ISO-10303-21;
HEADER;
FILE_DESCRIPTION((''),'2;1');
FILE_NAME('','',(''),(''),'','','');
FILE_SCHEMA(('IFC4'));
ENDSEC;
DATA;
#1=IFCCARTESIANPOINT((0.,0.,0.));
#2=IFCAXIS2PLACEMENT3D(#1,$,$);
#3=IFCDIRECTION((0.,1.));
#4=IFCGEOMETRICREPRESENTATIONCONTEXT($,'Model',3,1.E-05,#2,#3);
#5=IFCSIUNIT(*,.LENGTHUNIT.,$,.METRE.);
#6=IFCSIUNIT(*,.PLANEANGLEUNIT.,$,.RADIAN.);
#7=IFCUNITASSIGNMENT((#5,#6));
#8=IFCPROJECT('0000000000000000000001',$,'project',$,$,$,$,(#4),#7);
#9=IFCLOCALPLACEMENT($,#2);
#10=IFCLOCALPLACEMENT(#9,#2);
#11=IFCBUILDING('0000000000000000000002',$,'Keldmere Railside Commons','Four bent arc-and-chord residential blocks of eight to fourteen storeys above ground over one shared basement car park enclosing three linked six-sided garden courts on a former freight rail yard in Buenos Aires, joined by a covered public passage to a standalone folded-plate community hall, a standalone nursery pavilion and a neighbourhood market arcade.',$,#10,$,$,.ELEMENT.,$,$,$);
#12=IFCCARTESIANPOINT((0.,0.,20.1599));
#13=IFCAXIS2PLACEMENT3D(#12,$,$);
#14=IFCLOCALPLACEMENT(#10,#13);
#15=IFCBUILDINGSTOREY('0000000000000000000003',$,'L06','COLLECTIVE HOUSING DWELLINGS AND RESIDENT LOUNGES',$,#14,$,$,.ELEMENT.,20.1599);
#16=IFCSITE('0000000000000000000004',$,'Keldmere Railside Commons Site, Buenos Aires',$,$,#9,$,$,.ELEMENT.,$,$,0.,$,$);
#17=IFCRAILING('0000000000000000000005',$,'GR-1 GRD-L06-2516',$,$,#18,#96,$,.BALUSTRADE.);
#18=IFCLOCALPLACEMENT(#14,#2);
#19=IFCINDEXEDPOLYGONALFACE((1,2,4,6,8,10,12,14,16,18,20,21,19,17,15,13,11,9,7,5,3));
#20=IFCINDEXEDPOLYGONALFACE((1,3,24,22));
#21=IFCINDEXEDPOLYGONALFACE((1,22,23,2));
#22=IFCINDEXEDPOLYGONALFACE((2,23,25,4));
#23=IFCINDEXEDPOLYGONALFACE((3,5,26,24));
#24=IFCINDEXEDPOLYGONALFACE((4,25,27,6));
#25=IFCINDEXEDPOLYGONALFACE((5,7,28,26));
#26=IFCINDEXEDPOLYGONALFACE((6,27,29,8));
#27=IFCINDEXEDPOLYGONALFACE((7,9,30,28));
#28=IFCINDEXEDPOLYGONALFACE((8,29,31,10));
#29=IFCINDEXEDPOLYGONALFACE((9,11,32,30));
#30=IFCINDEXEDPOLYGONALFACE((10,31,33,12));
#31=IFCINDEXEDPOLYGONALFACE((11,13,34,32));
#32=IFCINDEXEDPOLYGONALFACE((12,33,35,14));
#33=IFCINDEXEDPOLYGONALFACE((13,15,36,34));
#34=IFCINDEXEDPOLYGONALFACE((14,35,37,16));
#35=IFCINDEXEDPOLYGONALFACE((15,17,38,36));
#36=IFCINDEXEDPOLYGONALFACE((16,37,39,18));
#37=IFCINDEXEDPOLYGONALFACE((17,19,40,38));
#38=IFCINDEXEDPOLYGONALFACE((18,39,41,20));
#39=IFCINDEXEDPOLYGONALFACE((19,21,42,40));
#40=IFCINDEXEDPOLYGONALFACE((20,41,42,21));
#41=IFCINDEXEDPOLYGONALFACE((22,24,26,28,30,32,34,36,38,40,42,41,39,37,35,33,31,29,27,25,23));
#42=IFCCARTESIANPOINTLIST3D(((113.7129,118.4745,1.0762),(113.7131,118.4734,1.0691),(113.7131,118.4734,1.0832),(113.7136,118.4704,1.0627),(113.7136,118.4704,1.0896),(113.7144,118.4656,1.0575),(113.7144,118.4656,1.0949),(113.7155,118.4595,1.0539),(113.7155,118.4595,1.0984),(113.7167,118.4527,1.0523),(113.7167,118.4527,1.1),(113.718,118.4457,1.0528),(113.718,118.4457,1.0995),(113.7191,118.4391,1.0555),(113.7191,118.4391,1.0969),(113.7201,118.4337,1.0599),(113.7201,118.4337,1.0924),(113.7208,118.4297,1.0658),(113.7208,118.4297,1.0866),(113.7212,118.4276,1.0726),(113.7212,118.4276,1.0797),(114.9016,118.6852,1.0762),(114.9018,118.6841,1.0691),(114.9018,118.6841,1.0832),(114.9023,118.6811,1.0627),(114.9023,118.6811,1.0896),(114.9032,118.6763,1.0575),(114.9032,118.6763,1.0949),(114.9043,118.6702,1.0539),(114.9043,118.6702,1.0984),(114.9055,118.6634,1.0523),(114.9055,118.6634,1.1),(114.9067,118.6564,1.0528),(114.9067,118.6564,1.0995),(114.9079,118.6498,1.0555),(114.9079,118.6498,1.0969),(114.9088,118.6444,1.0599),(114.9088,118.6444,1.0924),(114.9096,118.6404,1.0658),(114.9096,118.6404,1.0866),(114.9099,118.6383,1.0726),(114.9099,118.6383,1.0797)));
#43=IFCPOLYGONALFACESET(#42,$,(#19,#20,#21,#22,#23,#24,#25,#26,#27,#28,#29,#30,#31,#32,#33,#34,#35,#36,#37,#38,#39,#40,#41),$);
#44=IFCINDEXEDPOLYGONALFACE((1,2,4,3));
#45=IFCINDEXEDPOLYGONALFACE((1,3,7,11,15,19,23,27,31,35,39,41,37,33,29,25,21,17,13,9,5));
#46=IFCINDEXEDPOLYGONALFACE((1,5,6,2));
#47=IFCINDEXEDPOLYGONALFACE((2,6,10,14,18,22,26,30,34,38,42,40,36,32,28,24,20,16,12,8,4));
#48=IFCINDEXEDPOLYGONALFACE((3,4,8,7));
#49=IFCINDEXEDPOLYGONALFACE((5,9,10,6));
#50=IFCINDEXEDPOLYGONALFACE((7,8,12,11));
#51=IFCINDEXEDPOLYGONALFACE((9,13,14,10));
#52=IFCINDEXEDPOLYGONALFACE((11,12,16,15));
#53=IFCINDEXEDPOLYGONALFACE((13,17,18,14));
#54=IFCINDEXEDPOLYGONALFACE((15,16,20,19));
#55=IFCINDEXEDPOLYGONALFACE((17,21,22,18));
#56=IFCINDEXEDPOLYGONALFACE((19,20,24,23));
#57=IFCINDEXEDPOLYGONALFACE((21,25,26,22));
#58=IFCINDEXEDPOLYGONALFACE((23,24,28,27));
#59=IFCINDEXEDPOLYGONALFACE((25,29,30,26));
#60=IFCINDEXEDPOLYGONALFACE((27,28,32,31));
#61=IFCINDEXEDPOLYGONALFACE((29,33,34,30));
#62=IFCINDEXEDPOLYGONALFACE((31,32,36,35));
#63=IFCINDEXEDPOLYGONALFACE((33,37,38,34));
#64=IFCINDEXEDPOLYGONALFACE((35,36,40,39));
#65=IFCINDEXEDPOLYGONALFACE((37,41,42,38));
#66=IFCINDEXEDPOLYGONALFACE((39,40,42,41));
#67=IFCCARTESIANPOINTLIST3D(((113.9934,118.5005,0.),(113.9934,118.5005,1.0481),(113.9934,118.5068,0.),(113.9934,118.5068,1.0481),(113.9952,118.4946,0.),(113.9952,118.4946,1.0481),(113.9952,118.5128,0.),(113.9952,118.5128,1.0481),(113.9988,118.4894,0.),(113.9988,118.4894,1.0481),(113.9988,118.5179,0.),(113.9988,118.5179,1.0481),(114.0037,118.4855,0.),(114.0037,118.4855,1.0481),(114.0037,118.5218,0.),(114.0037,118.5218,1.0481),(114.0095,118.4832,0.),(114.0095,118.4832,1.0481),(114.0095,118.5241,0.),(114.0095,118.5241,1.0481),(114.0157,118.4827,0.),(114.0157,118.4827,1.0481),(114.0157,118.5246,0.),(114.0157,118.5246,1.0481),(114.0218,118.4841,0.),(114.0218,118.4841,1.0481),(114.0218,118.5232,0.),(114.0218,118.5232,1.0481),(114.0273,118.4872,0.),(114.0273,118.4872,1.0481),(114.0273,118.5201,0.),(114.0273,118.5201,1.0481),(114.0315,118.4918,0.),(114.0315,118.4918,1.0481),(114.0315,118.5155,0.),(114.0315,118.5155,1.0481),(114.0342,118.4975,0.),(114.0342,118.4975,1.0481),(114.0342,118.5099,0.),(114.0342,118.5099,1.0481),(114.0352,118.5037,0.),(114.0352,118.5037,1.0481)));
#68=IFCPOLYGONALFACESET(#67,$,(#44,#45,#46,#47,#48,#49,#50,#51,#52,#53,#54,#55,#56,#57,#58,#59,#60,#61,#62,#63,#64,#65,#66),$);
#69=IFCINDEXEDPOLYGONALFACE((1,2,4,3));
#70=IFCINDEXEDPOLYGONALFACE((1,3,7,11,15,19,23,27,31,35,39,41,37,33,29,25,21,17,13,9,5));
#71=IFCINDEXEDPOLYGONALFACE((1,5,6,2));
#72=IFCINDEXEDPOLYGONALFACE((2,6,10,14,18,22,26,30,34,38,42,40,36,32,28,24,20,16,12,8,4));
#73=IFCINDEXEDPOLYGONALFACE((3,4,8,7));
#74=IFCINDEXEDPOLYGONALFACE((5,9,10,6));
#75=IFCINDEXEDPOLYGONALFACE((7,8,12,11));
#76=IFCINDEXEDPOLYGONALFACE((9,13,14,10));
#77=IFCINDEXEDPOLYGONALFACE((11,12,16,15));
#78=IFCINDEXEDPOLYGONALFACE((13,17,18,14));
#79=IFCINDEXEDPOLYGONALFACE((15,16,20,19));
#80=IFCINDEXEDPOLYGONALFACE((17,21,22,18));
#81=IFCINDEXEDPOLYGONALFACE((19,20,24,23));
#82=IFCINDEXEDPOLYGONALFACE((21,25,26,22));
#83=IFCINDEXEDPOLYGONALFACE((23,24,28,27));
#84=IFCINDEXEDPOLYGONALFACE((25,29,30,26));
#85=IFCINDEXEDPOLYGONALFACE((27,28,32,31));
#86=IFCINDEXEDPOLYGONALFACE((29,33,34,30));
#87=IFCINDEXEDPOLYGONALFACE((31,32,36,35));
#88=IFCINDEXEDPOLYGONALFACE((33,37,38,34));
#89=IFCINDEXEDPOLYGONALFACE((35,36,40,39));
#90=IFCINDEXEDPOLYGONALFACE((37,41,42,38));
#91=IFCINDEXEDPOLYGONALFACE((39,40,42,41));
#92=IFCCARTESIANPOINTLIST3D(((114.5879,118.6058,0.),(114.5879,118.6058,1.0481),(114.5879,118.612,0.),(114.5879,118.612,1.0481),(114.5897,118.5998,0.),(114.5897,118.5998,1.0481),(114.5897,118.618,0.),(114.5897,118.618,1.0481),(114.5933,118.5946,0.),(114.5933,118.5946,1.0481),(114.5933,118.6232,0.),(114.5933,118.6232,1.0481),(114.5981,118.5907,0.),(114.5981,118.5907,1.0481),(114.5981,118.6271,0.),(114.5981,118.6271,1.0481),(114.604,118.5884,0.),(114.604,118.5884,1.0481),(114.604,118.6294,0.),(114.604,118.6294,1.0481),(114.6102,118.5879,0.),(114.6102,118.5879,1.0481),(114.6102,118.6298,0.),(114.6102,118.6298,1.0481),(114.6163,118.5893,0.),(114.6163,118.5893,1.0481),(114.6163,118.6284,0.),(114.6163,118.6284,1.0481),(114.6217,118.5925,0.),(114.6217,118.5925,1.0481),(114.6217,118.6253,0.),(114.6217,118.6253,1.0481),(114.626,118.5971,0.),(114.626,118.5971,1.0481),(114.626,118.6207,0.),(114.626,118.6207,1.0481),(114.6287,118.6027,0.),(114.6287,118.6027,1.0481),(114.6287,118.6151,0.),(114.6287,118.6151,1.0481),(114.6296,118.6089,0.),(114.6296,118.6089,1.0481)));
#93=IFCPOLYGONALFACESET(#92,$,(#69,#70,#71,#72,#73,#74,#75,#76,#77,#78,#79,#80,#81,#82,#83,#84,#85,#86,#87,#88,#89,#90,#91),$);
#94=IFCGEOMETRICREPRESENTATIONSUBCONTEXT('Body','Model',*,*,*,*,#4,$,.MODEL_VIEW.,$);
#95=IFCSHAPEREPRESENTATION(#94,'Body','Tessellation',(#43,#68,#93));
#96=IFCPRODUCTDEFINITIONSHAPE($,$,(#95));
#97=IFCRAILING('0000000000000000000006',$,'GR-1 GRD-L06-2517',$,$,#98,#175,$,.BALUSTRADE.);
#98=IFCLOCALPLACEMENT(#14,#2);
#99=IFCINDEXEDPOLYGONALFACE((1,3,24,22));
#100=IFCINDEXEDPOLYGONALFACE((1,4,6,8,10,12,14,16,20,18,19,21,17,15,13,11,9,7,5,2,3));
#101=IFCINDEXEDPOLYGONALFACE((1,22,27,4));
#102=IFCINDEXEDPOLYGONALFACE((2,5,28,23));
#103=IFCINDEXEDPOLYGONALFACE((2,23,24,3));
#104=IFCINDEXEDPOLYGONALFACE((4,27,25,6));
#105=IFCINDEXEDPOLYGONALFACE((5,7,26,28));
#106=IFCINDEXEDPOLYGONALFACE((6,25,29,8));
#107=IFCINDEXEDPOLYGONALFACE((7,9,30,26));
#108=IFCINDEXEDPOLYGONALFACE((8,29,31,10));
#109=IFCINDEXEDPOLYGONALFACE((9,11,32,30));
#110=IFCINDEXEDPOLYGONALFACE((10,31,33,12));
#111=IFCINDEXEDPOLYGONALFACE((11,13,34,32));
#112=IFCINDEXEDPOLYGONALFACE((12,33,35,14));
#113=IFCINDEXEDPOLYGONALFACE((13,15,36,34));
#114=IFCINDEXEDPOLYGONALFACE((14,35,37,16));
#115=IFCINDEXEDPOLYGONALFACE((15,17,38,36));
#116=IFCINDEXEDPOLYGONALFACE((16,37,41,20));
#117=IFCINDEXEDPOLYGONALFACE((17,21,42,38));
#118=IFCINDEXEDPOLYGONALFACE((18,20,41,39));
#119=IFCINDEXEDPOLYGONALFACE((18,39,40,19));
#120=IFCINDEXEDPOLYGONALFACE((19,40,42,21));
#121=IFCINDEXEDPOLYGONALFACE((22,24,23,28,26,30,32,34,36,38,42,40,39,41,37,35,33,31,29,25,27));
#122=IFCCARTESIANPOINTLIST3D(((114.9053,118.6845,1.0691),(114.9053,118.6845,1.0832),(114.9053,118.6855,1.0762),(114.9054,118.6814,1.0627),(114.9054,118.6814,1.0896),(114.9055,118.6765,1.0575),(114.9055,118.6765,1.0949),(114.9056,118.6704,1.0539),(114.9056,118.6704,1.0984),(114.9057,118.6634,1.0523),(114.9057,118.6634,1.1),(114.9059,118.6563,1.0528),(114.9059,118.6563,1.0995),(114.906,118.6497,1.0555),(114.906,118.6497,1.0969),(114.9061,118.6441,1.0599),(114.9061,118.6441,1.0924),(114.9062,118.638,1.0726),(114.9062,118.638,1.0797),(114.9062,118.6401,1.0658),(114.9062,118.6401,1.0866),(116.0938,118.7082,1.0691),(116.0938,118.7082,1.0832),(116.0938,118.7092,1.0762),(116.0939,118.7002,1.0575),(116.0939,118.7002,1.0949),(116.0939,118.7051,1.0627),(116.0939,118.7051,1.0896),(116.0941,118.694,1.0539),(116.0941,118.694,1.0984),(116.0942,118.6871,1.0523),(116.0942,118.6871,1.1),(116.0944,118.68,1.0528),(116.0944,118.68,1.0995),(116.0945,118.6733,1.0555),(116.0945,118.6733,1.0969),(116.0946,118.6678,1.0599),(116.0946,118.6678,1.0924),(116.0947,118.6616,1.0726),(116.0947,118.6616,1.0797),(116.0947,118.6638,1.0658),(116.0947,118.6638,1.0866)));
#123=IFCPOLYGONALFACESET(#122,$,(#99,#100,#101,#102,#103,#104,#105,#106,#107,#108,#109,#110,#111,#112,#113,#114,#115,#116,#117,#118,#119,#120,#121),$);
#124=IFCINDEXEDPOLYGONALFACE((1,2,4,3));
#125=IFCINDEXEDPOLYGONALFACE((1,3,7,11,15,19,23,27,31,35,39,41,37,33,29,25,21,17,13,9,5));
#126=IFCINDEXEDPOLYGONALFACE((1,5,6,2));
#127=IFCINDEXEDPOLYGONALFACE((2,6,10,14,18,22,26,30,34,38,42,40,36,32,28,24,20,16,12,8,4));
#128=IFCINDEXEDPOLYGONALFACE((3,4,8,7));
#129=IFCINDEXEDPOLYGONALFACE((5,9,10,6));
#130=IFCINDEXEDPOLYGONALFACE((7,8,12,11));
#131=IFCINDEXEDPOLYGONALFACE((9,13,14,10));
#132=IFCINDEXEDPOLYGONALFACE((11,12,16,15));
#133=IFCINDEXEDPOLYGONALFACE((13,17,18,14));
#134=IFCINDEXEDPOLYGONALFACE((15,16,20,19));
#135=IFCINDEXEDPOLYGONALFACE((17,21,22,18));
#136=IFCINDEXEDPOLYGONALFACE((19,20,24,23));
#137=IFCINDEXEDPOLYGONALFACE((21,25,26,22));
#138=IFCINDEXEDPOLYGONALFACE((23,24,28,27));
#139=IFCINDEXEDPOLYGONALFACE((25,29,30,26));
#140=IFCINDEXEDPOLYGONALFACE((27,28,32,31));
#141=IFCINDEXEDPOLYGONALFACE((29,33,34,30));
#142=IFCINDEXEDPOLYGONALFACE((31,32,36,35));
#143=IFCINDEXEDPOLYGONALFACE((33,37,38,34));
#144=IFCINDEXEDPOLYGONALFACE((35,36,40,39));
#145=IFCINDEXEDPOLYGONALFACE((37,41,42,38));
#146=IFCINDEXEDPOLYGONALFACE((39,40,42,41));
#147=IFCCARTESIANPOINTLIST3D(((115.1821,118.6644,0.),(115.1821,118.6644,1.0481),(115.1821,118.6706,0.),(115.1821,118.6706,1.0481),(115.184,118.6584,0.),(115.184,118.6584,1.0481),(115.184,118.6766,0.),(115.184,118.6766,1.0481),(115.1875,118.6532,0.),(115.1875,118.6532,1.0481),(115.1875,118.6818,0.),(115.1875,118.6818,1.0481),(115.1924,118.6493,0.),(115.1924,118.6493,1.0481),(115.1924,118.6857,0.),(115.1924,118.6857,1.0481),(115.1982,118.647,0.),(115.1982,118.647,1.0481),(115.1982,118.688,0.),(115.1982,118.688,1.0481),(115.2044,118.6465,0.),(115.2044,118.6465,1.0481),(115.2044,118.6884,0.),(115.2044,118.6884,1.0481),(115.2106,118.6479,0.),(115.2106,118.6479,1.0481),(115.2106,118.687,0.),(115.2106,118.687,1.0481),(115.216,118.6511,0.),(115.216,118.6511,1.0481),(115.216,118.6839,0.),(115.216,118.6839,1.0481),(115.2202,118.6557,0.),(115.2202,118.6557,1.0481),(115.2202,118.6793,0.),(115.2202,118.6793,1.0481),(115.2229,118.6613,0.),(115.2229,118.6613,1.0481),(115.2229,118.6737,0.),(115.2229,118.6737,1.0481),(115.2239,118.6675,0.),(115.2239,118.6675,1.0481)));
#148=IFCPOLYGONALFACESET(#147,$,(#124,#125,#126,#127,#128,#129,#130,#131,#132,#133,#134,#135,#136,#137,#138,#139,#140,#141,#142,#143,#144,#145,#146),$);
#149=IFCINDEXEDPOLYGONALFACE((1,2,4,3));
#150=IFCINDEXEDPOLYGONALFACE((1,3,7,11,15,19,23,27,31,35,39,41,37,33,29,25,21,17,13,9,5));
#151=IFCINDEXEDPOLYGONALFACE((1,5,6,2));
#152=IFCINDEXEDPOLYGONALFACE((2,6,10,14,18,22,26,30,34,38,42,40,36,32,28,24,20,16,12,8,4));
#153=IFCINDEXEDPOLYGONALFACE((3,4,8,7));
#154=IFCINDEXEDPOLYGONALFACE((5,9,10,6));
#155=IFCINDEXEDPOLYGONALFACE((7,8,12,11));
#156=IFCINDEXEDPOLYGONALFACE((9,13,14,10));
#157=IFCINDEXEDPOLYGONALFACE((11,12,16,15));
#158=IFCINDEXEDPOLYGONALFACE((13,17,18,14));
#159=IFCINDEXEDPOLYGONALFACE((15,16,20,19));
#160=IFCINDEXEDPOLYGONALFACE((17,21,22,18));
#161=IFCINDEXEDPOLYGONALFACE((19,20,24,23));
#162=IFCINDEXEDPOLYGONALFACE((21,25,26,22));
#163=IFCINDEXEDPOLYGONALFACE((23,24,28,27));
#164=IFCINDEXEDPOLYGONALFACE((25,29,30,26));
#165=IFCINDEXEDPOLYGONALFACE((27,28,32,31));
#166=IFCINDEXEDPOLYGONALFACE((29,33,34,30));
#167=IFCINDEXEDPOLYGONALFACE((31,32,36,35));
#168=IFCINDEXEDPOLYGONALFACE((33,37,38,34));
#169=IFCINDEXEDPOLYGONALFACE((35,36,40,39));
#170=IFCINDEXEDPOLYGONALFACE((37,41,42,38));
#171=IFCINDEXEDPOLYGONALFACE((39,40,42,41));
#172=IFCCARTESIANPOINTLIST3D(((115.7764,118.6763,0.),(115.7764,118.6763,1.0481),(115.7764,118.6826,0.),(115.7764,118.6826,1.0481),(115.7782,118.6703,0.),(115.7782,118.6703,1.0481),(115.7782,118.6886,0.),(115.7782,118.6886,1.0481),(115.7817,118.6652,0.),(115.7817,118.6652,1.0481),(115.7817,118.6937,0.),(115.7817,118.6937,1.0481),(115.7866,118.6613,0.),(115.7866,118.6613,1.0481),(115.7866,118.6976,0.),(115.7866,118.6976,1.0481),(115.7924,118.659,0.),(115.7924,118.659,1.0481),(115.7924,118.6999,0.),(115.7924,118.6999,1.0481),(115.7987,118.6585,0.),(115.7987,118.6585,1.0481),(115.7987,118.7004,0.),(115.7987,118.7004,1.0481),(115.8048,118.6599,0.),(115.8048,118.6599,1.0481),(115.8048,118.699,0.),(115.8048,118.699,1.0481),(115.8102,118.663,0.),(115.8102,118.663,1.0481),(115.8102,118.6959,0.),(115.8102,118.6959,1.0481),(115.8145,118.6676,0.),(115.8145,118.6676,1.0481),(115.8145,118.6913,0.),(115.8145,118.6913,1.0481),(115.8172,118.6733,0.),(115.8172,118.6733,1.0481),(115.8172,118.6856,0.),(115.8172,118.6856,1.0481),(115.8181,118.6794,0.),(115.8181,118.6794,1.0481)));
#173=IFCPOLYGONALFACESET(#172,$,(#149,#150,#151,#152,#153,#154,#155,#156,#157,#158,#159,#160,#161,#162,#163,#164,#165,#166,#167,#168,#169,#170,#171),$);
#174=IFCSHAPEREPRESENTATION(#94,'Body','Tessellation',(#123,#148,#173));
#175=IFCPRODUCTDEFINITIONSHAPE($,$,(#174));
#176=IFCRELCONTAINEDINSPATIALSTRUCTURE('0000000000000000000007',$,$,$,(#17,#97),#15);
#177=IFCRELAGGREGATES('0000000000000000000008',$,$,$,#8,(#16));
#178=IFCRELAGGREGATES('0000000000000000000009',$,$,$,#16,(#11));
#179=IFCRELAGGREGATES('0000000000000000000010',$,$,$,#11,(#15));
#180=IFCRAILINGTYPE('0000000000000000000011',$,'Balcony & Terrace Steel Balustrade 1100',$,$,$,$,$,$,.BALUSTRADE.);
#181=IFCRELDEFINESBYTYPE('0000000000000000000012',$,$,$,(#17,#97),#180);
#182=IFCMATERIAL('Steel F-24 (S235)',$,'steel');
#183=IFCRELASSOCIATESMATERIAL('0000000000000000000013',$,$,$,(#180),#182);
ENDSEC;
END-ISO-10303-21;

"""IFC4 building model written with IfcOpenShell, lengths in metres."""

from ifc_helpers import new_model, si_unit, direction, frame, origin, origin_2d, place, context, subcontext, project, spatial, circle, extrude, material, type_object, element, save


model = new_model("IFC4")

# Units and contexts
model_context = context("Model", 3, precision=1e-05, world=origin(), true_north=direction((0.0, 1.0)))
body_context = subcontext(model_context, "Body", "Model", "MODEL_VIEW")
ifc_project = project(units=[si_unit("LENGTHUNIT", "METRE"), si_unit("PLANEANGLEUNIT", "RADIAN")], contexts=[model_context])

# Site, building, storey
site_placement = place(None, origin())
site = spatial("IfcSite", under=ifc_project, at=site_placement, Name="Keldmere Railside Commons Site, Buenos Aires", CompositionType="ELEMENT", RefElevation=0.0)
building_placement = place(site_placement, origin())
building = spatial("IfcBuilding", under=site, at=building_placement, Name="Keldmere Railside Commons", Description="Four bent arc-and-chord residential blocks of eight to fourteen storeys above ground over one shared basement car park enclosing three linked six-sided garden courts on a former freight rail yard in Buenos Aires, joined by a covered public passage to a standalone folded-plate community hall, a standalone nursery pavilion and a neighbourhood market arcade.", CompositionType="ELEMENT")
storey_placement = place(building_placement, frame((0.0, 0.0, 20.1599)))
storey = spatial("IfcBuildingStorey", under=building, at=storey_placement, Name="L06", Description="COLLECTIVE HOUSING DWELLINGS AND RESIDENT LOUNGES", CompositionType="ELEMENT", Elevation=20.1599)

# Railings
ifc_material_1 = material(Name="Steel F-24 (S235)", Category="steel")
railing_type = type_object("IfcRailingType", Name="Balcony & Terrace Steel Balustrade 1100", PredefinedType="BALUSTRADE", material=ifc_material_1)
railing_1_placement = place(storey_placement, frame((113.717, 118.4509, 0.0)))
element("IfcRailing", 1, at=railing_1_placement, inside=storey, type_object=railing_type, Name="GR-1 GRD-L06-2516", PredefinedType="BALUSTRADE", context=body_context, shape_type="SweptSolid", body=[
    extrude(circle(Radius=0.0239, at=origin_2d()), frame((0.0, 0.0, 1.0762), z_axis=(0.984653, 0.174524, 0.0), x_axis=(-0.174524, 0.984653, 0.0)), (0.0, 0.0, 1.0), 1.2073),
    extrude(circle(Radius=0.021, at=origin_2d()), frame((0.2971, 0.0527, 0.0)), (0.0, 0.0, 1.0), 1.0481),
    extrude(circle(Radius=0.021, at=origin_2d()), frame((0.8916, 0.158, 0.0)), (0.0, 0.0, 1.0), 1.0481),
])
railing_2_placement = place(storey_placement, frame((114.9058, 118.6616, 0.0)))
element("IfcRailing", 2, at=railing_2_placement, inside=storey, type_object=railing_type, Name="GR-1 GRD-L06-2517", PredefinedType="BALUSTRADE", context=body_context, shape_type="SweptSolid", body=[
    extrude(circle(Radius=0.0239, at=origin_2d()), frame((0.0, 0.0, 1.0762), z_axis=(0.999802, 0.019922, 0.0), x_axis=(-0.019922, 0.999802, 0.0)), (0.0, 0.0, 1.0), 1.1887),
    extrude(circle(Radius=0.021, at=origin_2d()), frame((0.2971, 0.0059, 0.0)), (0.0, 0.0, 1.0), 1.0481),
    extrude(circle(Radius=0.021, at=origin_2d()), frame((0.8914, 0.0178, 0.0)), (0.0, 0.0, 1.0), 1.0481),
])

save(model, "model.ifc")
